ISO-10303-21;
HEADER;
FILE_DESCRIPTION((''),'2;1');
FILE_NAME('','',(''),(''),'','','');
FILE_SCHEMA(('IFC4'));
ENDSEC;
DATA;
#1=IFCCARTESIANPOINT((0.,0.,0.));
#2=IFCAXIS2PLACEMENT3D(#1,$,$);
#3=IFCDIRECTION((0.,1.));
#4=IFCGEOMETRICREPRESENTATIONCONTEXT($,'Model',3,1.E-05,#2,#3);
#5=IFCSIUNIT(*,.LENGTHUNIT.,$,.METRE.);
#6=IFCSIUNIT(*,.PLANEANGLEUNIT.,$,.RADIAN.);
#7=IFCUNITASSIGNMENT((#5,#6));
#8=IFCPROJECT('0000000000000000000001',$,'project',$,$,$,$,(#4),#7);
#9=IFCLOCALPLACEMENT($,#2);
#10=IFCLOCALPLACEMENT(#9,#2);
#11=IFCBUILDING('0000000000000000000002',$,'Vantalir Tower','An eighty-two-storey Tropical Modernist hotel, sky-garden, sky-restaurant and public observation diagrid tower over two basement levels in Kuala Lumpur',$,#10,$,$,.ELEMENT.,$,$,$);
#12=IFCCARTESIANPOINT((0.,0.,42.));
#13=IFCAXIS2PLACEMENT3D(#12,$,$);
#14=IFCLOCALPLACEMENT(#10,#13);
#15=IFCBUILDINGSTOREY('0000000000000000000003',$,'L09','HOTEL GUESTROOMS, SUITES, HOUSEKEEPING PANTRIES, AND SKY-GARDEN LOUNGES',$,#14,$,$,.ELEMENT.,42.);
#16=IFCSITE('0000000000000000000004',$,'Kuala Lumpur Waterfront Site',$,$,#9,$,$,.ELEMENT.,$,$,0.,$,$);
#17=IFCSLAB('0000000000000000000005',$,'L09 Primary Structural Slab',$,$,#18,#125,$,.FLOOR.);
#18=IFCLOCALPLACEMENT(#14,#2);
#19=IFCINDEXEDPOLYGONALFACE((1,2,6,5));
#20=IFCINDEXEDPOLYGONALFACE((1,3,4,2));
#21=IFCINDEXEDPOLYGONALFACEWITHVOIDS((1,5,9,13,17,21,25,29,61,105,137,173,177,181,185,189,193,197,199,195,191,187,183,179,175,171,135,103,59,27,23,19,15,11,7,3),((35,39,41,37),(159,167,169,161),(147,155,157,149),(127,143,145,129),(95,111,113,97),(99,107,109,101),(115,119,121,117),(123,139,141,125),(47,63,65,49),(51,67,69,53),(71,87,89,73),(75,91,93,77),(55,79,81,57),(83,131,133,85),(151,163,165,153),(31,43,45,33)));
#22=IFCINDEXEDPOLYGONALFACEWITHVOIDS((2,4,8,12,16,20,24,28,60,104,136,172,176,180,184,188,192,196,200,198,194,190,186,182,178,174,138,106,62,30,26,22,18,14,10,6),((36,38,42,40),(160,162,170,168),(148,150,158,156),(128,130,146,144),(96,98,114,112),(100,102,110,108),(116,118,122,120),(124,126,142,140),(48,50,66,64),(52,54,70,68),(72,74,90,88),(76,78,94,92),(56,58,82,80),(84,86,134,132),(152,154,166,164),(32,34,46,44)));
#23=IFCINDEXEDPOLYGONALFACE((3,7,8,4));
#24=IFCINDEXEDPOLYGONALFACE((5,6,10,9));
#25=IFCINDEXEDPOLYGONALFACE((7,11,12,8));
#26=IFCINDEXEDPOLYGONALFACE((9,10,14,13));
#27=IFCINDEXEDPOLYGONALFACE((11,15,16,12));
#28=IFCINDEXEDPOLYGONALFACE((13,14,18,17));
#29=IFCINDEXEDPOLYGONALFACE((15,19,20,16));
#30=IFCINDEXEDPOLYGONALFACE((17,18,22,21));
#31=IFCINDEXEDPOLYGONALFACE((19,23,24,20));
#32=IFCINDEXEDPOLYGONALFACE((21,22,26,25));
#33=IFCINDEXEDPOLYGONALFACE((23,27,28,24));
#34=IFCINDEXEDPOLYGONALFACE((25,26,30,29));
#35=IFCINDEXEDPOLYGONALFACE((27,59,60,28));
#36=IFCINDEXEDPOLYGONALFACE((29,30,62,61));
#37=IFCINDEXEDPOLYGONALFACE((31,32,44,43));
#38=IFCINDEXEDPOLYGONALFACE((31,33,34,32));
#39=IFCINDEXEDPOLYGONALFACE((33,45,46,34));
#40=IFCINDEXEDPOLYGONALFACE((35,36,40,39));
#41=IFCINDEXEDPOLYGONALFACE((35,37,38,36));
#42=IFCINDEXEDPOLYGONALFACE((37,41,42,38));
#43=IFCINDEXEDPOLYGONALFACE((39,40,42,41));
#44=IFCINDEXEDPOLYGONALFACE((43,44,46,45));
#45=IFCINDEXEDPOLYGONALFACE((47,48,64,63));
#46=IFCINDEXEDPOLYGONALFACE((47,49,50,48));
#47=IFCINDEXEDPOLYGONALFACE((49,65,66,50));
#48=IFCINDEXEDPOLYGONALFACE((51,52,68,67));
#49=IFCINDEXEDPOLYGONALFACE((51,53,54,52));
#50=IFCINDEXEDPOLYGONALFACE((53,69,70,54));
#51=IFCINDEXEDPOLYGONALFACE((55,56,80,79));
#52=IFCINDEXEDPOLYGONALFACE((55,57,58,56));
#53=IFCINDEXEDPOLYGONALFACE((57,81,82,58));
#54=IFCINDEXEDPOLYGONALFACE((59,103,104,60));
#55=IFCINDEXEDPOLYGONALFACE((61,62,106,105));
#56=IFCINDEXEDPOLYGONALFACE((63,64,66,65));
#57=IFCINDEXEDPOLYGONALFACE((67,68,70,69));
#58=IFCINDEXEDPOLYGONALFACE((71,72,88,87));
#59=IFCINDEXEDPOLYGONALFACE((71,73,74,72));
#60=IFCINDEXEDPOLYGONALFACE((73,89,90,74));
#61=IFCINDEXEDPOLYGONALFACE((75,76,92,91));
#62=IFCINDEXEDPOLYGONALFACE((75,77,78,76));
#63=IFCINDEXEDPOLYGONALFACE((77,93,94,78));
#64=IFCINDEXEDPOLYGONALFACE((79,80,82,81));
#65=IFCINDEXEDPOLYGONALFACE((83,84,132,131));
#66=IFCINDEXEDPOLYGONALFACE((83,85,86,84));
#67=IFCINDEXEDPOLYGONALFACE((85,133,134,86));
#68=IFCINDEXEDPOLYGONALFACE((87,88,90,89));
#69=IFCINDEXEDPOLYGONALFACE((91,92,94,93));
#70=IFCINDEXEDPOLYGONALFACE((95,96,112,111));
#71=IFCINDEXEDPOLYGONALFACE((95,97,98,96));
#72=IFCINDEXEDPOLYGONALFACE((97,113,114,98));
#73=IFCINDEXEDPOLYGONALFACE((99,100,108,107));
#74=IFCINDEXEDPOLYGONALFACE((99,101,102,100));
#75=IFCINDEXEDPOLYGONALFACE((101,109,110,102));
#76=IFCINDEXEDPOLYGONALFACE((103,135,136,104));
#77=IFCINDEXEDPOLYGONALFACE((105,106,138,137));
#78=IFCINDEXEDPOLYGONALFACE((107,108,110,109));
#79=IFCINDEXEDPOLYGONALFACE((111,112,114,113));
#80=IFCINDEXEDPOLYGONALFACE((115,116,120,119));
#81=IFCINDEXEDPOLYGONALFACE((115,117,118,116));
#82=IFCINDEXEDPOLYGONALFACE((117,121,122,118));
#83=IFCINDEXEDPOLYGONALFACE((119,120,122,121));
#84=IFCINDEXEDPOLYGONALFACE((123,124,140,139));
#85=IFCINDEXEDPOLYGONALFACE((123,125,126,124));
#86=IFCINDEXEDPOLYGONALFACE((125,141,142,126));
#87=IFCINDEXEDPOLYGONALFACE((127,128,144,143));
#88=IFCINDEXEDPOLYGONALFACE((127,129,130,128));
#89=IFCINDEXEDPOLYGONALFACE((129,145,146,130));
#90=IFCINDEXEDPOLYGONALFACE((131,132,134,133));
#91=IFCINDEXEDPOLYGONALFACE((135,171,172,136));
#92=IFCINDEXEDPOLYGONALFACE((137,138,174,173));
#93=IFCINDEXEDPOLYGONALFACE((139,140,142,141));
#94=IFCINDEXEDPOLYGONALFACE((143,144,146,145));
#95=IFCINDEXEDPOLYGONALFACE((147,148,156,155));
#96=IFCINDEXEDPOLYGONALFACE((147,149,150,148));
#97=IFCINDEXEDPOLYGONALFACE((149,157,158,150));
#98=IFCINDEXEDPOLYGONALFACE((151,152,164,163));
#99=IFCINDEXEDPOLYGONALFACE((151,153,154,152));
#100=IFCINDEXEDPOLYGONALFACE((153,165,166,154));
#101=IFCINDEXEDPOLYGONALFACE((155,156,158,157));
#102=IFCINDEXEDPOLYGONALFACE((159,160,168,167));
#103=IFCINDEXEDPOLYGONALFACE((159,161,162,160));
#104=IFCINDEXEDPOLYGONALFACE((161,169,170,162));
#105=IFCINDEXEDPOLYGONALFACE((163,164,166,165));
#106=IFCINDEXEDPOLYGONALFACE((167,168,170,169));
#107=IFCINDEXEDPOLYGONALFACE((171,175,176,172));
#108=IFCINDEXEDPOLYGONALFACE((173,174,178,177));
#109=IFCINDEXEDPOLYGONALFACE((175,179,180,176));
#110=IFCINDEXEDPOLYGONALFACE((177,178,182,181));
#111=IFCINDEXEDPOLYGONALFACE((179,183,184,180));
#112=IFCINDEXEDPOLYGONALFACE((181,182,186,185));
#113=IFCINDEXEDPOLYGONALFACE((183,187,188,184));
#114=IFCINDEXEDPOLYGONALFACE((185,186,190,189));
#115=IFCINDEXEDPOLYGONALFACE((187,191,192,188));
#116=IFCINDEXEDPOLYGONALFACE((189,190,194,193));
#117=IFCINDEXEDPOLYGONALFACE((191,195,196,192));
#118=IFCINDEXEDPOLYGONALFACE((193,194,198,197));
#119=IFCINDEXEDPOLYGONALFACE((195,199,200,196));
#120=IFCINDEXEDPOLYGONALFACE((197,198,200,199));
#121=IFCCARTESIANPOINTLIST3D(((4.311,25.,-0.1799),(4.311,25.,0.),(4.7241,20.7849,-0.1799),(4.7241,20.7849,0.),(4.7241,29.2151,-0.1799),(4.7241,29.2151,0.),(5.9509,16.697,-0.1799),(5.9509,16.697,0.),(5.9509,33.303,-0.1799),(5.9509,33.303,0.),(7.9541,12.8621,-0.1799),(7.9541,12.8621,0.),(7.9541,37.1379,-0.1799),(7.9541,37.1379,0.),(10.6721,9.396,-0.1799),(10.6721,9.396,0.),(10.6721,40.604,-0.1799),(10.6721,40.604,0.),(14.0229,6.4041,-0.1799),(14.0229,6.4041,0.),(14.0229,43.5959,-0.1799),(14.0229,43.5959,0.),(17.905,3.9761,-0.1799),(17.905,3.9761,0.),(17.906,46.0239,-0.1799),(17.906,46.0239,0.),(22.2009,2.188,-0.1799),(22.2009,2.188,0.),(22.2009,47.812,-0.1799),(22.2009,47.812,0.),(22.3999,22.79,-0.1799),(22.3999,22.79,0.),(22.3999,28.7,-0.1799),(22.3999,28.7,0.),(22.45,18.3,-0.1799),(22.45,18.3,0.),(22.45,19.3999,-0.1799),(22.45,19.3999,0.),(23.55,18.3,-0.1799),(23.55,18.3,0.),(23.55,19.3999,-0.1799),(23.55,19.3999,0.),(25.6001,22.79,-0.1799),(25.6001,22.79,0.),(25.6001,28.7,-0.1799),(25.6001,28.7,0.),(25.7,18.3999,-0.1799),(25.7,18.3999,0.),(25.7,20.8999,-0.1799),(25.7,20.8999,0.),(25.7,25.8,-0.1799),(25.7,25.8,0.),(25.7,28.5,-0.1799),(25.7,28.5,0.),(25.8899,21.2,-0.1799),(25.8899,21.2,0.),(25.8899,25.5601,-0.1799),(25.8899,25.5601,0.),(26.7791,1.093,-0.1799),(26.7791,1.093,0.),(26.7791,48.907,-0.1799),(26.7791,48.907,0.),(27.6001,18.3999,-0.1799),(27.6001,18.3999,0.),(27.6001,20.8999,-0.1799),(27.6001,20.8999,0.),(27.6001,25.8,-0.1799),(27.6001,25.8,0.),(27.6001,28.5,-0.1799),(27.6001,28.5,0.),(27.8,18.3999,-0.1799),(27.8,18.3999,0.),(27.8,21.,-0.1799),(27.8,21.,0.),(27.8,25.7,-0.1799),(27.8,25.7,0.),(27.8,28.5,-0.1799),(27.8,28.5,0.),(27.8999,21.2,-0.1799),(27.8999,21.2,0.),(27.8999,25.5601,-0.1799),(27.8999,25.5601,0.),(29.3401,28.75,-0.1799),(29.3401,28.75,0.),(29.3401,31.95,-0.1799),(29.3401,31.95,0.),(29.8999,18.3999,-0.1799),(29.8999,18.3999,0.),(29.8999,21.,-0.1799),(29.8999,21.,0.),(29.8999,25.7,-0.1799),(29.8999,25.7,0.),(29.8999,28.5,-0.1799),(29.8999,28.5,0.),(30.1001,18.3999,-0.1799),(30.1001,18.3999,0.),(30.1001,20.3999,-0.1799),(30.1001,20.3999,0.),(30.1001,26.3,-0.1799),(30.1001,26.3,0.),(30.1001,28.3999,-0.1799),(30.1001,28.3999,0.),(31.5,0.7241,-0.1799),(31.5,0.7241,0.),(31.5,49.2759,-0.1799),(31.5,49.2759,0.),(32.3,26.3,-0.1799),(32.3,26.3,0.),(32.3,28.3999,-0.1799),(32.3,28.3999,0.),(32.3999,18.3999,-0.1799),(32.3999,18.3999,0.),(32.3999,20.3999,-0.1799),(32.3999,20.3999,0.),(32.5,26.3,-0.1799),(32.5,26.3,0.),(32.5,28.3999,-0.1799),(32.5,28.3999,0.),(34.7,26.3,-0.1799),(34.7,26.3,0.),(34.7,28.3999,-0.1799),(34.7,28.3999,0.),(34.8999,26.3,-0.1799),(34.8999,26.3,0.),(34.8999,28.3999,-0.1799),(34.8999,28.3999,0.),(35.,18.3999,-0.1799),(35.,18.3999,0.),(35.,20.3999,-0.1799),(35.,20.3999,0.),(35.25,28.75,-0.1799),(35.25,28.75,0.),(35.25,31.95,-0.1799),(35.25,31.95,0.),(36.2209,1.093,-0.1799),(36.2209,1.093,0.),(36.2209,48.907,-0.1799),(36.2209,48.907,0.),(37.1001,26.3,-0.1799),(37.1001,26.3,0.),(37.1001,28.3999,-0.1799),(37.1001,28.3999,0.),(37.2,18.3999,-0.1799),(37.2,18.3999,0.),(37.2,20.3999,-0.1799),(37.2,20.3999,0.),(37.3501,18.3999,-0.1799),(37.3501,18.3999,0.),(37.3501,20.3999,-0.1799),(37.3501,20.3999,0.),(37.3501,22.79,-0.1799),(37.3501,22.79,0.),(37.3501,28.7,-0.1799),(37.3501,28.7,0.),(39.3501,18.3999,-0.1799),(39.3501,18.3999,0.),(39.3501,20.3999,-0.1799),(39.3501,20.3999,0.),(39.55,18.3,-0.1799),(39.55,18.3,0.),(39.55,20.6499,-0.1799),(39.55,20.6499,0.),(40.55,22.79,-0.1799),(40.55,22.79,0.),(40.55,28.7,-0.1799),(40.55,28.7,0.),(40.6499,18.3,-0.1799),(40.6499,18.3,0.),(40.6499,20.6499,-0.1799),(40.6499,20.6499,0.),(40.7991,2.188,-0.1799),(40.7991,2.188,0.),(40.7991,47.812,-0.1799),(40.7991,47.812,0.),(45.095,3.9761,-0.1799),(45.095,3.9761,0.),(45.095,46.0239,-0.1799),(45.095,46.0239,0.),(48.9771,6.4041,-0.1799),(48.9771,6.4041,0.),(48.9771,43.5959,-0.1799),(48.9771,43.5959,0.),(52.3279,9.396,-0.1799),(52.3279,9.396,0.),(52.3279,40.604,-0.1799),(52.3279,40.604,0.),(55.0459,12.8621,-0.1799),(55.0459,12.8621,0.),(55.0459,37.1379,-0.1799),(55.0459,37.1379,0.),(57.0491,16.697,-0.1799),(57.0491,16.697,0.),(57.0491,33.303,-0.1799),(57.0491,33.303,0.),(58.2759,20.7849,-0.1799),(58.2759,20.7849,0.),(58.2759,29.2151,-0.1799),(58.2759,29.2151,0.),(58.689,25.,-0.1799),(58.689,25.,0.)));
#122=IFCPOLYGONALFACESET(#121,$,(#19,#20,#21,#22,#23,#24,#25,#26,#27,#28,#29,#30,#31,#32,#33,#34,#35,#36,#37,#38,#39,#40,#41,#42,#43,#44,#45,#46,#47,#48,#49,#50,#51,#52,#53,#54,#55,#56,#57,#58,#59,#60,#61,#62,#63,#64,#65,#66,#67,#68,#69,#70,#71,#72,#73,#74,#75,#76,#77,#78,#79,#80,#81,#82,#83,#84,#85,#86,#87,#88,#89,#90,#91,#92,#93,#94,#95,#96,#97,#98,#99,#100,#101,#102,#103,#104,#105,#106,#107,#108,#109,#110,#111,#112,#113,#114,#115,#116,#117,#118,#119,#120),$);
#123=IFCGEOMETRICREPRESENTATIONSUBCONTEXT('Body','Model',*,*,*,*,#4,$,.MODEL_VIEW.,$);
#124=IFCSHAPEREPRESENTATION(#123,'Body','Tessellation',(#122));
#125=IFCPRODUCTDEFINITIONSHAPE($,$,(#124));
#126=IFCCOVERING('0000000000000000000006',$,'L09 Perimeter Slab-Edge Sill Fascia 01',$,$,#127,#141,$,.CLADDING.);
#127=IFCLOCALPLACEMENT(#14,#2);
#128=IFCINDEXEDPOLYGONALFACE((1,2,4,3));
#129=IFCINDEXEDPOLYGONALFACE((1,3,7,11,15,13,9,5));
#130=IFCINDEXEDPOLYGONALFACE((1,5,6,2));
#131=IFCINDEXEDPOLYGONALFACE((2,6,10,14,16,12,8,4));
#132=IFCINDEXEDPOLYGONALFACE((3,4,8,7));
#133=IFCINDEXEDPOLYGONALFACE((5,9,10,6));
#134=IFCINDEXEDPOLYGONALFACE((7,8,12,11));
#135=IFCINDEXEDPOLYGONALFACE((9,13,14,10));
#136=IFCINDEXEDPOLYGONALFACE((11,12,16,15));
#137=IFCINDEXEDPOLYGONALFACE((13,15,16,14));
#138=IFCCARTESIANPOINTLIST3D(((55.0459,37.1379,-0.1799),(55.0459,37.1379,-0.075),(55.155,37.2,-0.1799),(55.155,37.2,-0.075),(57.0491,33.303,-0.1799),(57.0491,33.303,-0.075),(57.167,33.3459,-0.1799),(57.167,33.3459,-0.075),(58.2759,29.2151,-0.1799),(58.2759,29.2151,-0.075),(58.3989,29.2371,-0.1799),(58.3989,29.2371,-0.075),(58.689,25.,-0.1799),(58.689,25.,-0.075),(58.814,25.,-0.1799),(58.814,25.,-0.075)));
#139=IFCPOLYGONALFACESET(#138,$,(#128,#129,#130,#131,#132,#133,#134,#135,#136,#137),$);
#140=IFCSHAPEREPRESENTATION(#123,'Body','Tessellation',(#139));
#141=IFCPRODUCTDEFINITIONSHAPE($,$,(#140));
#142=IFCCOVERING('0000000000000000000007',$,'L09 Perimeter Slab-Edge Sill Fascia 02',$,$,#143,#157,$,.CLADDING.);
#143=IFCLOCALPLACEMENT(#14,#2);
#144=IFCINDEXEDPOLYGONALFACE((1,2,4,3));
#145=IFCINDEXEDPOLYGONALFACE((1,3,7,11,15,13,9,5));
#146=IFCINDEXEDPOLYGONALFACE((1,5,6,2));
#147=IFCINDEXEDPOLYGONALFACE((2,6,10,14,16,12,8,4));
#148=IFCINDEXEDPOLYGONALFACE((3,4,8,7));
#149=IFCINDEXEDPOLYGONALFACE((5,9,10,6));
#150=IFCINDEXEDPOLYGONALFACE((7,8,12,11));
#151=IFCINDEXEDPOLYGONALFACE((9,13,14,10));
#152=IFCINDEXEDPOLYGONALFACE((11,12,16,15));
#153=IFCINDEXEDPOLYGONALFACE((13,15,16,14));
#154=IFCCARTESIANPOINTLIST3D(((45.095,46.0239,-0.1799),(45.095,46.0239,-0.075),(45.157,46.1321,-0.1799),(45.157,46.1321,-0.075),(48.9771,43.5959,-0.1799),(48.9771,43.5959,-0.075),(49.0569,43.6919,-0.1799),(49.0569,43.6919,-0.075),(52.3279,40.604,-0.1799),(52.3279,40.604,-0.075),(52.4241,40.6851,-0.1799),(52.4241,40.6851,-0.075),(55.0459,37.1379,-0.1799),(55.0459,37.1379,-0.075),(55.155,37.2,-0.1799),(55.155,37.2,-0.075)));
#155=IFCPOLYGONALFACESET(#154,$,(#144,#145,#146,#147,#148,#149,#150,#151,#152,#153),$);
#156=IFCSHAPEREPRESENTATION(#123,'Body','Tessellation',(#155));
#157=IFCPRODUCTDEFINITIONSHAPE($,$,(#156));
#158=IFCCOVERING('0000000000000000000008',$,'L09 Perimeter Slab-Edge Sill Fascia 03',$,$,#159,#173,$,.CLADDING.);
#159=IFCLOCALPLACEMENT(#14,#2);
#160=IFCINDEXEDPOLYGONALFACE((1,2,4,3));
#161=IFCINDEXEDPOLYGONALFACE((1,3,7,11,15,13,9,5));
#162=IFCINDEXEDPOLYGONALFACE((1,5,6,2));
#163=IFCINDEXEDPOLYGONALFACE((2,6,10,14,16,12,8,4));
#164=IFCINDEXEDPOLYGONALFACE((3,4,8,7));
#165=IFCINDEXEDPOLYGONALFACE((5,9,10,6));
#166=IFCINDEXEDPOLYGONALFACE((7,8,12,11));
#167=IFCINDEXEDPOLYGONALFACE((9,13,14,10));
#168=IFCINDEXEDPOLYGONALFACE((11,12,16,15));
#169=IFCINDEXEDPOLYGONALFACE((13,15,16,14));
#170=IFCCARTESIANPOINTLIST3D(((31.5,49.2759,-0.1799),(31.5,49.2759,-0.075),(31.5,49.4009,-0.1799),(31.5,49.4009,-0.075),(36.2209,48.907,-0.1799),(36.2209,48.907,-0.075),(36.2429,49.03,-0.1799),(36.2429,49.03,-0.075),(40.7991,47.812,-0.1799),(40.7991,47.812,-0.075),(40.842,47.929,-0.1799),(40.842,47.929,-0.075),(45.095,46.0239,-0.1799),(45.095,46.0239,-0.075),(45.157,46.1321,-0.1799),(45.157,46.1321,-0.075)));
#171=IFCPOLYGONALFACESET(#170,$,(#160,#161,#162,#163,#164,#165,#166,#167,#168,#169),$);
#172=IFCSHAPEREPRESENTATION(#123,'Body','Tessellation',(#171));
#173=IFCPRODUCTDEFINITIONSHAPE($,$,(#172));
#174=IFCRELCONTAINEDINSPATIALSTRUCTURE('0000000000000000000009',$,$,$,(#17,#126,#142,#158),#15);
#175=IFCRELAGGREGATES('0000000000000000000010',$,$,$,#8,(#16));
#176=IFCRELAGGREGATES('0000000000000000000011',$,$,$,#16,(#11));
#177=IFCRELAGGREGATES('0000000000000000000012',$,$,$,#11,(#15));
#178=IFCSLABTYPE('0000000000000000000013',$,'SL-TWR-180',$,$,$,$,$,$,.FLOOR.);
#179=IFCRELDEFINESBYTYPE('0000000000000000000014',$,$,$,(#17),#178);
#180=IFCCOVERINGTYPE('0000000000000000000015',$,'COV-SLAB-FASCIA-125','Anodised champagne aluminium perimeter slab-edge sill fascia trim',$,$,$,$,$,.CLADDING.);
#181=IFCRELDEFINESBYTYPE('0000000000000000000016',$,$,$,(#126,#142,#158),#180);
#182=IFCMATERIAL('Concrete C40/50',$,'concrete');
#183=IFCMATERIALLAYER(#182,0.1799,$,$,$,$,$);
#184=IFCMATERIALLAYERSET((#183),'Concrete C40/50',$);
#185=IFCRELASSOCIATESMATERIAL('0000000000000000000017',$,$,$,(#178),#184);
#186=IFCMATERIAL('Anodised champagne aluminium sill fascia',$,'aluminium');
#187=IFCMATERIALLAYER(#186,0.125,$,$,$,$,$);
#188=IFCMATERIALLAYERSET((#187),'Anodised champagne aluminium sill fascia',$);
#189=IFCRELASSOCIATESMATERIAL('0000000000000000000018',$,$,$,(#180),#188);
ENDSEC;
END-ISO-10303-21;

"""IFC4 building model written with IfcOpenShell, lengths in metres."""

from ifc_helpers import new_model, si_unit, direction, frame, origin, place, context, subcontext, project, spatial, polyline, outline, extrude, material, layer, layer_set, type_object, element, save


model = new_model("IFC4")

# Units and contexts
model_context = context("Model", 3, precision=1e-05, world=origin(), true_north=direction((0.0, 1.0)))
body_context = subcontext(model_context, "Body", "Model", "MODEL_VIEW")
ifc_project = project(units=[si_unit("LENGTHUNIT", "METRE"), si_unit("PLANEANGLEUNIT", "RADIAN")], contexts=[model_context])

# Site, building, storey
site_placement = place(None, origin())
site = spatial("IfcSite", under=ifc_project, at=site_placement, Name="Kuala Lumpur Waterfront Site", CompositionType="ELEMENT", RefElevation=0.0)
building_placement = place(site_placement, origin())
building = spatial("IfcBuilding", under=site, at=building_placement, Name="Vantalir Tower", Description="An eighty-two-storey Tropical Modernist hotel, sky-garden, sky-restaurant and public observation diagrid tower over two basement levels in Kuala Lumpur", CompositionType="ELEMENT")
storey_placement = place(building_placement, frame((0.0, 0.0, 42.0)))
storey = spatial("IfcBuildingStorey", under=building, at=storey_placement, Name="L09", Description="HOTEL GUESTROOMS, SUITES, HOUSEKEEPING PANTRIES, AND SKY-GARDEN LOUNGES", CompositionType="ELEMENT", Elevation=42.0)

# Shared definitions
ifc_material_1 = material(Name="Concrete C40/50", Category="concrete")

# Slab
ifc_layer_1 = layer(ifc_material_1, 0.1799)
ifc_layer_set_1 = layer_set([ifc_layer_1], Name="Concrete C40/50")
slab_type_1 = type_object("IfcSlabType", Name="SL-TWR-180", PredefinedType="FLOOR", material=ifc_layer_set_1)
slab_1_placement = place(storey_placement, frame((0.0, 0.0, -0.1799)))
element("IfcSlab", 1, at=slab_1_placement, inside=storey, type_object=slab_type_1, Name="L09 Primary Structural Slab", PredefinedType="FLOOR", context=body_context, shape_type="SweptSolid", body=[
    extrude(outline(polyline([(7.9541, 12.8621), (10.6721, 9.396), (14.0229, 6.4041), (17.905, 3.9761), (22.2009, 2.188), (26.7791, 1.093), (31.5, 0.7241), (36.2209, 1.093), (40.7991, 2.188), (45.095, 3.9761), (48.9771, 6.4041), (52.3279, 9.396), (55.0459, 12.8621), (57.0491, 16.697), (58.2759, 20.7849), (58.689, 25.0), (58.2759, 29.2151), (57.0491, 33.303), (55.0459, 37.1379), (52.3279, 40.604), (48.9771, 43.5959), (45.095, 46.0239), (40.7991, 47.812), (36.2209, 48.907), (31.5, 49.2759), (26.7791, 48.907), (22.2009, 47.812), (17.906, 46.0239), (14.0229, 43.5959), (10.6721, 40.604), (7.9541, 37.1379), (5.9509, 33.303), (4.7241, 29.2151), (4.311, 25.0), (4.7241, 20.7849), (5.9509, 16.697), (7.9541, 12.8621)]), holes=[polyline([(22.3999, 22.79), (22.3999, 28.7), (25.6001, 28.7), (25.6001, 22.79), (22.3999, 22.79)]), polyline([(37.3501, 28.7), (40.55, 28.7), (40.55, 22.79), (37.3501, 22.79), (37.3501, 28.7)]), polyline([(35.25, 28.75), (29.3401, 28.75), (29.3401, 31.95), (35.25, 31.95), (35.25, 28.75)]), polyline([(27.6001, 18.3999), (25.7, 18.3999), (25.7, 20.8999), (27.6001, 20.8999), (27.6001, 18.3999)]), polyline([(25.7, 25.8), (25.7, 28.5), (27.6001, 28.5), (27.6001, 25.8), (25.7, 25.8)]), polyline([(27.8, 21.0), (29.8999, 21.0), (29.8999, 18.3999), (27.8, 18.3999), (27.8, 21.0)]), polyline([(29.8999, 28.5), (29.8999, 25.7), (27.8, 25.7), (27.8, 28.5), (29.8999, 28.5)]), polyline([(32.3999, 18.3999), (30.1001, 18.3999), (30.1001, 20.3999), (32.3999, 20.3999), (32.3999, 18.3999)]), polyline([(37.3501, 18.3999), (37.3501, 20.3999), (39.3501, 20.3999), (39.3501, 18.3999), (37.3501, 18.3999)]), polyline([(35.0, 20.3999), (37.2, 20.3999), (37.2, 18.3999), (35.0, 18.3999), (35.0, 20.3999)]), polyline([(32.3, 28.3999), (32.3, 26.3), (30.1001, 26.3), (30.1001, 28.3999), (32.3, 28.3999)]), polyline([(34.7, 26.3), (32.5, 26.3), (32.5, 28.3999), (34.7, 28.3999), (34.7, 26.3)]), polyline([(34.8999, 26.3), (34.8999, 28.3999), (37.1001, 28.3999), (37.1001, 26.3), (34.8999, 26.3)]), polyline([(25.8899, 25.5601), (27.8999, 25.5601), (27.8999, 21.2), (25.8899, 21.2), (25.8899, 25.5601)]), polyline([(23.55, 19.3999), (23.55, 18.3), (22.45, 18.3), (22.45, 19.3999), (23.55, 19.3999)]), polyline([(40.6499, 18.3), (39.55, 18.3), (39.55, 20.6499), (40.6499, 20.6499), (40.6499, 18.3)])]), origin(), (0.0, 0.0, 1.0), 0.1799),
])

# Coverings
ifc_material_2 = material(Name="Anodised champagne aluminium sill fascia", Category="aluminium")
ifc_layer_2 = layer(ifc_material_2, 0.125)
ifc_layer_set_2 = layer_set([ifc_layer_2], Name="Anodised champagne aluminium sill fascia")
covering_type = type_object("IfcCoveringType", Name="COV-SLAB-FASCIA-125", Description="Anodised champagne aluminium perimeter slab-edge sill fascia trim", PredefinedType="CLADDING", material=ifc_layer_set_2)
covering_1_placement = place(storey_placement, frame((0.0, 0.0, -0.1799)))
element("IfcCovering", 2, at=covering_1_placement, inside=storey, type_object=covering_type, Name="L09 Perimeter Slab-Edge Sill Fascia 01", PredefinedType="CLADDING", context=body_context, shape_type="SweptSolid", body=[
    extrude(outline(polyline([(58.814, 25.0), (58.3989, 29.2371), (57.167, 33.3459), (55.155, 37.2), (55.0459, 37.1379), (57.0491, 33.303), (58.2759, 29.2151), (58.689, 25.0), (58.814, 25.0)])), origin(), (0.0, 0.0, 1.0), 0.105),
])
covering_2_placement = place(storey_placement, frame((0.0, 0.0, -0.1799)))
element("IfcCovering", 3, at=covering_2_placement, inside=storey, type_object=covering_type, Name="L09 Perimeter Slab-Edge Sill Fascia 02", PredefinedType="CLADDING", context=body_context, shape_type="SweptSolid", body=[
    extrude(outline(polyline([(55.155, 37.2), (52.4241, 40.6851), (49.0569, 43.6919), (45.157, 46.1321), (45.095, 46.0239), (48.9771, 43.5959), (52.3279, 40.604), (55.0459, 37.1379), (55.155, 37.2)])), origin(), (0.0, 0.0, 1.0), 0.105),
])
covering_3_placement = place(storey_placement, frame((0.0, 0.0, -0.1799)))
element("IfcCovering", 4, at=covering_3_placement, inside=storey, type_object=covering_type, Name="L09 Perimeter Slab-Edge Sill Fascia 03", PredefinedType="CLADDING", context=body_context, shape_type="SweptSolid", body=[
    extrude(outline(polyline([(45.157, 46.1321), (40.842, 47.929), (36.2429, 49.03), (31.5, 49.4009), (31.5, 49.2759), (36.2209, 48.907), (40.7991, 47.812), (45.095, 46.0239), (45.157, 46.1321)])), origin(), (0.0, 0.0, 1.0), 0.105),
])

save(model, "model.ifc")
